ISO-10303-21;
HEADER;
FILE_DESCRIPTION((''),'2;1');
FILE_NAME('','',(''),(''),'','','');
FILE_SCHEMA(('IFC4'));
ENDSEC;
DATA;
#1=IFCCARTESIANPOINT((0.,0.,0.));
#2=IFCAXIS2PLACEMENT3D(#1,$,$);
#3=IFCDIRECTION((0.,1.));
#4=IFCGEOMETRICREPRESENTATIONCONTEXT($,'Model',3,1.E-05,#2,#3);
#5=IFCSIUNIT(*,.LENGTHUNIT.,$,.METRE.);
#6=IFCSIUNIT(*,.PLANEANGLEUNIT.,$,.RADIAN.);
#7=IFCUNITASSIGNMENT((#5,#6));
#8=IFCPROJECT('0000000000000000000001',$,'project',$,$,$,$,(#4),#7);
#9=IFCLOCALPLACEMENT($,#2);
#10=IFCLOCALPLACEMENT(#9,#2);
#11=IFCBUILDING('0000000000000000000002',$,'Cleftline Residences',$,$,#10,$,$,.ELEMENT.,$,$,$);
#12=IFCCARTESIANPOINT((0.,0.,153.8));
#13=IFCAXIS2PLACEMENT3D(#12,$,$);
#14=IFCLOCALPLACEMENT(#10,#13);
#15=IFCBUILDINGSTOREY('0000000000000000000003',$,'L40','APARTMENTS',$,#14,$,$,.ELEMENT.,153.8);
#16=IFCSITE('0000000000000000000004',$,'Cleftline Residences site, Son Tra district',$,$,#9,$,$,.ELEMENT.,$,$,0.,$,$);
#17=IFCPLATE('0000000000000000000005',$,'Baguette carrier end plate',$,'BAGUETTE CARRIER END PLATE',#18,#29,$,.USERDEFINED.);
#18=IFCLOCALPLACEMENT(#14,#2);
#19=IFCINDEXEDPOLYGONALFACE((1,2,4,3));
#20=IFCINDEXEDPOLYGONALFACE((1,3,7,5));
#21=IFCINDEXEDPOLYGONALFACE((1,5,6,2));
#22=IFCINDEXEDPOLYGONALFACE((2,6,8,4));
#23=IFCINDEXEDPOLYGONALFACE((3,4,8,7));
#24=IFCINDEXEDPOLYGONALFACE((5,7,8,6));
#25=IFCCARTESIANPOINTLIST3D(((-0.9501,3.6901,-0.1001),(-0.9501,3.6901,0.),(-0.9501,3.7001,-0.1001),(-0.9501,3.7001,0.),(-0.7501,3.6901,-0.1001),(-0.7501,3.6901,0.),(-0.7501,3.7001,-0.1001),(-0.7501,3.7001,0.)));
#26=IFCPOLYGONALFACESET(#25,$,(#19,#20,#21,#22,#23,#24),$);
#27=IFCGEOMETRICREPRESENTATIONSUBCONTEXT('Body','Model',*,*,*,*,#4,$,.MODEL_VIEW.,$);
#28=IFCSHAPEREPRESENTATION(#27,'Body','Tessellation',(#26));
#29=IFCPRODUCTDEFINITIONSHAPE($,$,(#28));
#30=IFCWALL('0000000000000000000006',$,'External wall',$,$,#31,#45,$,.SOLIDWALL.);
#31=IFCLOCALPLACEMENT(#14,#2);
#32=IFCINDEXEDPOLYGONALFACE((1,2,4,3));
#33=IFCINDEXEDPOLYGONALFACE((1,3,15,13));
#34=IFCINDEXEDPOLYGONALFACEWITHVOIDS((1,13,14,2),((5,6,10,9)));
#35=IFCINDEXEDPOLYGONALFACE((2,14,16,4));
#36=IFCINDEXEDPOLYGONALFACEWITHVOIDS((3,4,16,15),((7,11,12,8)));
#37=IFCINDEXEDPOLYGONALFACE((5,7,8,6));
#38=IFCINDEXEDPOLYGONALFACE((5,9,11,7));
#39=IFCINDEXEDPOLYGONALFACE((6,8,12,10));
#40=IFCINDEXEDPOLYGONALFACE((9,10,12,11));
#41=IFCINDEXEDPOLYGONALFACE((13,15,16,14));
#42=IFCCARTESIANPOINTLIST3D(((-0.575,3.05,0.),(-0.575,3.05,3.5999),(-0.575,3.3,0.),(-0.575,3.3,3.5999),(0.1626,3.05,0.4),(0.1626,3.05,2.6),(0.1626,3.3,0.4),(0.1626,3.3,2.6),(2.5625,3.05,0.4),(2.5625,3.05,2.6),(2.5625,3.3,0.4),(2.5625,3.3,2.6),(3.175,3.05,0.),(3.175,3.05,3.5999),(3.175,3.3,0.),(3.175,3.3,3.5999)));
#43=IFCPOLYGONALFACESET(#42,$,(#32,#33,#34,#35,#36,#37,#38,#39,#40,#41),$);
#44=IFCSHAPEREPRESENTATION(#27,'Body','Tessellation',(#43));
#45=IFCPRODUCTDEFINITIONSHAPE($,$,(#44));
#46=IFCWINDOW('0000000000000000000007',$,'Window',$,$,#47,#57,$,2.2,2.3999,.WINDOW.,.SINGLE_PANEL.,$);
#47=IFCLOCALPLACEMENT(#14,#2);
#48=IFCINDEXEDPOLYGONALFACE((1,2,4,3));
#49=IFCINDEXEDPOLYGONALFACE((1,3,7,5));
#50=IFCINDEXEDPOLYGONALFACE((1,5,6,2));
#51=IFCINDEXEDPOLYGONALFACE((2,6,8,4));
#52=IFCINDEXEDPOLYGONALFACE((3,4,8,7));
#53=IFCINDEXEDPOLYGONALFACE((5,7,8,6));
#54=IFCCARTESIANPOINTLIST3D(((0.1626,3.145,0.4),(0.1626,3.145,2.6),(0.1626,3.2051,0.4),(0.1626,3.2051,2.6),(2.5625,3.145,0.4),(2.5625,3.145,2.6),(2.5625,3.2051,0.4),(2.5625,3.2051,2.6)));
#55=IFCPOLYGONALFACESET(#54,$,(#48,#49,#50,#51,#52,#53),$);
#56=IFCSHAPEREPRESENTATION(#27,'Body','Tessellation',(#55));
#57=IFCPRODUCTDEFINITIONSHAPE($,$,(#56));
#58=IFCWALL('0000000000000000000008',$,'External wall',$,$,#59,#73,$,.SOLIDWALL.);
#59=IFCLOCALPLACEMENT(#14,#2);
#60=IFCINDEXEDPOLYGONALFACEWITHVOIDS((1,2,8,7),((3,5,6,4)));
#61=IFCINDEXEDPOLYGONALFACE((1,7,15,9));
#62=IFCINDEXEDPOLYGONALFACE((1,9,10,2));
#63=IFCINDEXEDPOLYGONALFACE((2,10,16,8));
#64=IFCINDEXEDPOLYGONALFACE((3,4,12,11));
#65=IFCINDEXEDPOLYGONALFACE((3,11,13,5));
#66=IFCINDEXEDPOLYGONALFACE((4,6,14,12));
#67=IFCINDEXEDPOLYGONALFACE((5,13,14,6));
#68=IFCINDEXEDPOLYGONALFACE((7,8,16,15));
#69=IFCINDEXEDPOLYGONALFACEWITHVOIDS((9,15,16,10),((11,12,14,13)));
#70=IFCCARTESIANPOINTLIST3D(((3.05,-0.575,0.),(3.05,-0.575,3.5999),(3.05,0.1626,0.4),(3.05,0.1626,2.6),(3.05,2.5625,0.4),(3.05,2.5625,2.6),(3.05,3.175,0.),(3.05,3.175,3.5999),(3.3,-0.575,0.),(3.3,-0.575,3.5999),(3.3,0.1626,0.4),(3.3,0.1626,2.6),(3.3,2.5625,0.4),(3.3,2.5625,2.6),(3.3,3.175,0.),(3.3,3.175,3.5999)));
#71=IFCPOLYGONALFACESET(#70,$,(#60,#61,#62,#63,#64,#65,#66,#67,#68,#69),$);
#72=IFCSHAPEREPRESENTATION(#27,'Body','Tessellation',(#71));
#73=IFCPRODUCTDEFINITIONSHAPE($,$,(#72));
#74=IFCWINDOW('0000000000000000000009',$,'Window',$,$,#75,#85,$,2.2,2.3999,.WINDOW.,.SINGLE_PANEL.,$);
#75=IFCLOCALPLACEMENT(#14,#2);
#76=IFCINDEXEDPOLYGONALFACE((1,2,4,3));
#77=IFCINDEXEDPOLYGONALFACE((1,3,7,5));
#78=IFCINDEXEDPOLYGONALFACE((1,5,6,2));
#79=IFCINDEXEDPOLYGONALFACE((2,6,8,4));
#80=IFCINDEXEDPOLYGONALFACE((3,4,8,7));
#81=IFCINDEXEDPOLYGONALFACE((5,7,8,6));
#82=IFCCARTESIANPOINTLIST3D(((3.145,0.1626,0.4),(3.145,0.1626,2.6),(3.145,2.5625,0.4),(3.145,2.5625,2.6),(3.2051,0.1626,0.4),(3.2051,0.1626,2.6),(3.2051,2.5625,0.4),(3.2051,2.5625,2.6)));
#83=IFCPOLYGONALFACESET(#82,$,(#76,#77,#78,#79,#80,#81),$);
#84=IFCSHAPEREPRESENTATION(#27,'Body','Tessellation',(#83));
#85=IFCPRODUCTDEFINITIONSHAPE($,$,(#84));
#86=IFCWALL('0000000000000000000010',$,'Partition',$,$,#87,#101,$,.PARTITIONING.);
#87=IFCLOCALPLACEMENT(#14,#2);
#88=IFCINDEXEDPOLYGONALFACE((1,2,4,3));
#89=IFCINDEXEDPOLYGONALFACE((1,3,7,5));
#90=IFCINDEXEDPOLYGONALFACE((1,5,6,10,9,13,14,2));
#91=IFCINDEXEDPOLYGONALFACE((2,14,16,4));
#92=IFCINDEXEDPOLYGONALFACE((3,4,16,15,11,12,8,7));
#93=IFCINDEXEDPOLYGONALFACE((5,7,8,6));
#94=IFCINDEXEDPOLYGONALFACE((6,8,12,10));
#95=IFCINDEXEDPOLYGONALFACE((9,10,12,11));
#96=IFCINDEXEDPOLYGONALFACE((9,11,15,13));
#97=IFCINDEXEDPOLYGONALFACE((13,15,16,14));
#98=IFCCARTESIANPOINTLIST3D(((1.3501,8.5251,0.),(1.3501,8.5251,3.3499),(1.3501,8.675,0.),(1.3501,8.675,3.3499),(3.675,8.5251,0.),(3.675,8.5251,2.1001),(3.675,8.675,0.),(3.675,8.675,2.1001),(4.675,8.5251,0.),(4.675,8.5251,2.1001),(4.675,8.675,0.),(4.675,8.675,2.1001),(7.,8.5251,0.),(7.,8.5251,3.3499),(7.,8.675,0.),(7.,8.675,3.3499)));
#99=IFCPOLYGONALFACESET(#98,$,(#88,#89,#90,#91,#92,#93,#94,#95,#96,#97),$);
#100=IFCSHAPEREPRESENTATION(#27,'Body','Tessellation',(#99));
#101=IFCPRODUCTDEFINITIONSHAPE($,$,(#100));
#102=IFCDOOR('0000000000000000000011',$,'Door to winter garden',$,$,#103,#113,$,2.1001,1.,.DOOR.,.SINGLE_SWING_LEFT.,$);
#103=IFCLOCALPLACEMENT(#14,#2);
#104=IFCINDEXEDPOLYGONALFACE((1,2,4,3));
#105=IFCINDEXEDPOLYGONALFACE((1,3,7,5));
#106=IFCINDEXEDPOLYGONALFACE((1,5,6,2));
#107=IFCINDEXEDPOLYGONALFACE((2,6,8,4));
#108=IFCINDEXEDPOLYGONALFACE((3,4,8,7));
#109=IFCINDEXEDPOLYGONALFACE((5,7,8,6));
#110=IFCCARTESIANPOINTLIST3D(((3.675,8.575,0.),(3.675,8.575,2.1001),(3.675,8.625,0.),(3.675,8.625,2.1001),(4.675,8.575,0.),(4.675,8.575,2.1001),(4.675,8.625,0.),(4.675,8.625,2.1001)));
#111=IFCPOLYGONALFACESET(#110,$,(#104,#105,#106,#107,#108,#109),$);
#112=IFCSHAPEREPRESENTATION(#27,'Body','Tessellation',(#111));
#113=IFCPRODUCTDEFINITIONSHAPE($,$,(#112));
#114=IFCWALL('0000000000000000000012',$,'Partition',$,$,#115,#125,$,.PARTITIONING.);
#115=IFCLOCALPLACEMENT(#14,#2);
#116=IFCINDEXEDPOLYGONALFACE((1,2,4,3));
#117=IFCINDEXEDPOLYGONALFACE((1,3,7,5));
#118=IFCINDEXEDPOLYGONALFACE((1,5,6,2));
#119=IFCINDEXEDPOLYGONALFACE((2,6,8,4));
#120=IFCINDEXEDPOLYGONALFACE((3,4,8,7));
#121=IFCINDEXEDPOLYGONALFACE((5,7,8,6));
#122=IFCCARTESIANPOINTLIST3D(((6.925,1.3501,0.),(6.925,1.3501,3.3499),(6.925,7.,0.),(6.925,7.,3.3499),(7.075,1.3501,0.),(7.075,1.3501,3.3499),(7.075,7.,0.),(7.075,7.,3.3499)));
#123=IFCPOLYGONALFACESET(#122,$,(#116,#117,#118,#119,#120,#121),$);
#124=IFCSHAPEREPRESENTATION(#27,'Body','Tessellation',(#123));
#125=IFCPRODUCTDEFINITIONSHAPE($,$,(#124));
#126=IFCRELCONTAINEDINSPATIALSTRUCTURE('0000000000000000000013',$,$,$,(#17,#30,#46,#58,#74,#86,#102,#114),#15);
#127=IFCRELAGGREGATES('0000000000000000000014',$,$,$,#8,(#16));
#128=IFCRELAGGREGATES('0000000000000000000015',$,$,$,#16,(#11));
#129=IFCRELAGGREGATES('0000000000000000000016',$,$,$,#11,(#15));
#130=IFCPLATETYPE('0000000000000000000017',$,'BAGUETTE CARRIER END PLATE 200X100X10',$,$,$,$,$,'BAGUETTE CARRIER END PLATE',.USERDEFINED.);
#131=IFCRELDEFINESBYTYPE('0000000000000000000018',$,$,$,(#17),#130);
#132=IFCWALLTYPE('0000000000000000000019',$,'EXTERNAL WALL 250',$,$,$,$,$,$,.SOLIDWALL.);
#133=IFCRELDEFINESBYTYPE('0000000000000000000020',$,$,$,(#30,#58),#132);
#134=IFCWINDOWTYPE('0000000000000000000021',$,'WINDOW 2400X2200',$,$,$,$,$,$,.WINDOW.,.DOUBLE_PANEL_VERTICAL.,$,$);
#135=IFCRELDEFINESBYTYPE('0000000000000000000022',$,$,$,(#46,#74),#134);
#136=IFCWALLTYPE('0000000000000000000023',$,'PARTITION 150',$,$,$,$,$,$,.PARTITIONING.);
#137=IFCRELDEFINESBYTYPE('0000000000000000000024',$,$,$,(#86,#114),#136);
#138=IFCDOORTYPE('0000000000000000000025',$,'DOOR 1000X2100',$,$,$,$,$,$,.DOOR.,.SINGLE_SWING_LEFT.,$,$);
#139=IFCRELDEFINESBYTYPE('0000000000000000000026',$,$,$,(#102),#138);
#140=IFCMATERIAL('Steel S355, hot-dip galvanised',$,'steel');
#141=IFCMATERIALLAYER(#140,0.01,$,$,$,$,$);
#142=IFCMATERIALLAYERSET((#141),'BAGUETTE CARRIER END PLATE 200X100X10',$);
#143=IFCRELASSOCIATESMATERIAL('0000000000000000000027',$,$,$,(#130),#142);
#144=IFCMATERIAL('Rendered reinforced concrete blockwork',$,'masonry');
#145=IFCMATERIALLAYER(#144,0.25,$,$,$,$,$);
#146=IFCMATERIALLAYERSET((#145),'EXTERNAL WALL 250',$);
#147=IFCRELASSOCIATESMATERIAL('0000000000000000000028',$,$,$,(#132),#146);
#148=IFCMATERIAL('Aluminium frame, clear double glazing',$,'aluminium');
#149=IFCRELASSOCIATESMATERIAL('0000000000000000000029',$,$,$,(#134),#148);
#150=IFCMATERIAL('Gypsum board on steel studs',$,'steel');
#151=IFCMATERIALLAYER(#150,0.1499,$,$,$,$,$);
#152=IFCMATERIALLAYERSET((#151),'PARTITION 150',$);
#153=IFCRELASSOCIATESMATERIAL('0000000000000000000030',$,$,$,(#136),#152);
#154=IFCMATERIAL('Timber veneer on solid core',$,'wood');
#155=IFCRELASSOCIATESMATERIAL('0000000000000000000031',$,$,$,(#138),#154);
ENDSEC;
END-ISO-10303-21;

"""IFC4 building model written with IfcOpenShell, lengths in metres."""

from ifc_helpers import new_model, si_unit, direction, frame, frame_2d, origin, origin_2d, place, context, subcontext, project, spatial, rectangle, extrude, material, layer, layer_set, type_object, element, fill, save


model = new_model("IFC4")

# Units and contexts
model_context = context("Model", 3, precision=1e-05, world=origin(), true_north=direction((0.0, 1.0)))
body_context = subcontext(model_context, "Body", "Model", "MODEL_VIEW")
ifc_project = project(units=[si_unit("LENGTHUNIT", "METRE"), si_unit("PLANEANGLEUNIT", "RADIAN")], contexts=[model_context])

# Site, building, storey
site_placement = place(None, origin())
site = spatial("IfcSite", under=ifc_project, at=site_placement, Name="Cleftline Residences site, Son Tra district", CompositionType="ELEMENT", RefElevation=0.0)
building_placement = place(site_placement, origin())
building = spatial("IfcBuilding", under=site, at=building_placement, Name="Cleftline Residences", CompositionType="ELEMENT")
storey_placement = place(building_placement, frame((0.0, 0.0, 153.8)))
storey = spatial("IfcBuildingStorey", under=building, at=storey_placement, Name="L40", Description="APARTMENTS", CompositionType="ELEMENT", Elevation=153.8)

# Plate
ifc_material_1 = material(Name="Steel S355, hot-dip galvanised", Category="steel")
ifc_layer_1 = layer(ifc_material_1, 0.01)
ifc_layer_set_1 = layer_set([ifc_layer_1], Name="BAGUETTE CARRIER END PLATE 200X100X10")
plate_type = type_object("IfcPlateType", Name="BAGUETTE CARRIER END PLATE 200X100X10", ElementType="BAGUETTE CARRIER END PLATE", PredefinedType="USERDEFINED", material=ifc_layer_set_1)
plate_placement = place(storey_placement, frame((-0.8501, 3.6951, -0.1001), z_axis=(0.0, 0.0, 1.0), x_axis=(-1.0, 0.0, 0.0)))
element("IfcPlate", 1, at=plate_placement, inside=storey, type_object=plate_type, Name="Baguette carrier end plate", ObjectType="BAGUETTE CARRIER END PLATE", PredefinedType="USERDEFINED", context=body_context, shape_type="SweptSolid", body=[
    extrude(rectangle(XDim=0.2, YDim=0.01, at=origin_2d()), origin(), (0.0, 0.0, 1.0), 0.1001),
])

# Walls, openings, windows
ifc_material_2 = material(Name="Rendered reinforced concrete blockwork", Category="masonry")
ifc_layer_2 = layer(ifc_material_2, 0.25)
ifc_layer_set_2 = layer_set([ifc_layer_2], Name="EXTERNAL WALL 250")
wall_type_1 = type_object("IfcWallType", Name="EXTERNAL WALL 250", PredefinedType="SOLIDWALL", material=ifc_layer_set_2)
wall_1_placement = place(storey_placement, frame((-0.575, 3.175, 0.0), z_axis=(0.0, 0.0, 1.0), x_axis=(1.0, 0.0, 0.0)))
wall_1 = element("IfcWall", 2, at=wall_1_placement, inside=storey, type_object=wall_type_1, Name="External wall", PredefinedType="SOLIDWALL", context=body_context, shape_type="SweptSolid", body=[
    extrude(rectangle(XDim=3.75, YDim=0.25, at=frame_2d((1.875, 0.0))), origin(), (0.0, 0.0, 1.0), 3.5999),
])
opening_1_placement = place(wall_1_placement, frame((0.7375, 0.0, 0.3999)))
opening_1 = element("IfcOpeningElement", 3, at=opening_1_placement, cuts=wall_1, PredefinedType="OPENING", context=body_context, shape_type="SweptSolid", body=[
    extrude(rectangle(XDim=2.3999, YDim=2.2, at=frame_2d((1.2, 1.1001))), frame((0.0, 0.135, 0.0), z_axis=(0.0, -1.0, 0.0), x_axis=(1.0, 0.0, 0.0)), (0.0, 0.0, 1.0), 0.27),
])
ifc_material_3 = material(Name="Aluminium frame, clear double glazing", Category="aluminium")
window_type = type_object("IfcWindowType", Name="WINDOW 2400X2200", PartitioningType="DOUBLE_PANEL_VERTICAL", PredefinedType="WINDOW", material=ifc_material_3)
window_1_placement = place(opening_1_placement, origin())
window_1 = element("IfcWindow", 4, at=window_1_placement, inside=storey, type_object=window_type, Name="Window", OverallHeight=2.2, OverallWidth=2.3999, PartitioningType="SINGLE_PANEL", PredefinedType="WINDOW", context=body_context, shape_type="SweptSolid", body=[
    extrude(rectangle(XDim=2.3999, YDim=2.2, at=frame_2d((1.2, 1.1001))), frame((0.0, 0.03, 0.0), z_axis=(0.0, -1.0, 0.0), x_axis=(1.0, 0.0, 0.0)), (0.0, 0.0, 1.0), 0.0601),
])
fill(opening_1, window_1)
wall_2_placement = place(storey_placement, frame((3.175, 3.175, 0.0), z_axis=(0.0, 0.0, 1.0), x_axis=(0.0, -1.0, 0.0)))
wall_2 = element("IfcWall", 5, at=wall_2_placement, inside=storey, type_object=wall_type_1, Name="External wall", PredefinedType="SOLIDWALL", context=body_context, shape_type="SweptSolid", body=[
    extrude(rectangle(XDim=3.75, YDim=0.25, at=frame_2d((1.875, 0.0))), origin(), (0.0, 0.0, 1.0), 3.5999),
])
opening_2_placement = place(wall_2_placement, frame((0.6125, 0.0, 0.3999)))
opening_2 = element("IfcOpeningElement", 6, at=opening_2_placement, cuts=wall_2, PredefinedType="OPENING", context=body_context, shape_type="SweptSolid", body=[
    extrude(rectangle(XDim=2.3999, YDim=2.2, at=frame_2d((1.2, 1.1001))), frame((0.0, 0.135, 0.0), z_axis=(0.0, -1.0, 0.0), x_axis=(1.0, 0.0, 0.0)), (0.0, 0.0, 1.0), 0.27),
])
window_2_placement = place(opening_2_placement, origin())
window_2 = element("IfcWindow", 7, at=window_2_placement, inside=storey, type_object=window_type, Name="Window", OverallHeight=2.2, OverallWidth=2.3999, PartitioningType="SINGLE_PANEL", PredefinedType="WINDOW", context=body_context, shape_type="SweptSolid", body=[
    extrude(rectangle(XDim=2.3999, YDim=2.2, at=frame_2d((1.2, 1.1001))), frame((0.0, 0.03, 0.0), z_axis=(0.0, -1.0, 0.0), x_axis=(1.0, 0.0, 0.0)), (0.0, 0.0, 1.0), 0.0601),
])
fill(opening_2, window_2)

# Wall, opening, door
ifc_material_4 = material(Name="Gypsum board on steel studs", Category="steel")
ifc_layer_3 = layer(ifc_material_4, 0.1499)
ifc_layer_set_3 = layer_set([ifc_layer_3], Name="PARTITION 150")
wall_type_2 = type_object("IfcWallType", Name="PARTITION 150", PredefinedType="PARTITIONING", material=ifc_layer_set_3)
wall_3_placement = place(storey_placement, frame((1.3501, 8.6001, 0.0), z_axis=(0.0, 0.0, 1.0), x_axis=(1.0, 0.0, 0.0)))
wall_3 = element("IfcWall", 8, at=wall_3_placement, inside=storey, type_object=wall_type_2, Name="Partition", PredefinedType="PARTITIONING", context=body_context, shape_type="SweptSolid", body=[
    extrude(rectangle(XDim=5.6499, YDim=0.1499, at=frame_2d((2.825, 0.0))), origin(), (0.0, 0.0, 1.0), 3.3499),
])
opening_3_placement = place(wall_3_placement, frame((2.325, 0.0, 0.0)))
opening_3 = element("IfcOpeningElement", 9, at=opening_3_placement, cuts=wall_3, PredefinedType="OPENING", context=body_context, shape_type="SweptSolid", body=[
    extrude(rectangle(XDim=1.0, YDim=2.1001, at=frame_2d((0.5, 1.05))), frame((0.0, 0.085, 0.0), z_axis=(0.0, -1.0, 0.0), x_axis=(1.0, 0.0, 0.0)), (0.0, 0.0, 1.0), 0.1699),
])
ifc_material_5 = material(Name="Timber veneer on solid core", Category="wood")
door_type = type_object("IfcDoorType", Name="DOOR 1000X2100", OperationType="SINGLE_SWING_LEFT", PredefinedType="DOOR", material=ifc_material_5)
door_placement = place(opening_3_placement, origin())
door = element("IfcDoor", 10, at=door_placement, inside=storey, type_object=door_type, Name="Door to winter garden", OperationType="SINGLE_SWING_LEFT", OverallHeight=2.1001, OverallWidth=1.0, PredefinedType="DOOR", context=body_context, shape_type="SweptSolid", body=[
    extrude(rectangle(XDim=1.0, YDim=2.1001, at=frame_2d((0.5, 1.05))), frame((0.0, 0.0249, 0.0), z_axis=(0.0, -1.0, 0.0), x_axis=(1.0, 0.0, 0.0)), (0.0, 0.0, 1.0), 0.05),
])
fill(opening_3, door)

# Wall
wall_4_placement = place(storey_placement, frame((7.0, 1.3501, 0.0), z_axis=(0.0, 0.0, 1.0), x_axis=(0.0, 1.0, 0.0)))
element("IfcWall", 11, at=wall_4_placement, inside=storey, type_object=wall_type_2, Name="Partition", PredefinedType="PARTITIONING", context=body_context, shape_type="SweptSolid", body=[
    extrude(rectangle(XDim=5.6499, YDim=0.1499, at=frame_2d((2.825, 0.0))), origin(), (0.0, 0.0, 1.0), 3.3499),
])

save(model, "model.ifc")
